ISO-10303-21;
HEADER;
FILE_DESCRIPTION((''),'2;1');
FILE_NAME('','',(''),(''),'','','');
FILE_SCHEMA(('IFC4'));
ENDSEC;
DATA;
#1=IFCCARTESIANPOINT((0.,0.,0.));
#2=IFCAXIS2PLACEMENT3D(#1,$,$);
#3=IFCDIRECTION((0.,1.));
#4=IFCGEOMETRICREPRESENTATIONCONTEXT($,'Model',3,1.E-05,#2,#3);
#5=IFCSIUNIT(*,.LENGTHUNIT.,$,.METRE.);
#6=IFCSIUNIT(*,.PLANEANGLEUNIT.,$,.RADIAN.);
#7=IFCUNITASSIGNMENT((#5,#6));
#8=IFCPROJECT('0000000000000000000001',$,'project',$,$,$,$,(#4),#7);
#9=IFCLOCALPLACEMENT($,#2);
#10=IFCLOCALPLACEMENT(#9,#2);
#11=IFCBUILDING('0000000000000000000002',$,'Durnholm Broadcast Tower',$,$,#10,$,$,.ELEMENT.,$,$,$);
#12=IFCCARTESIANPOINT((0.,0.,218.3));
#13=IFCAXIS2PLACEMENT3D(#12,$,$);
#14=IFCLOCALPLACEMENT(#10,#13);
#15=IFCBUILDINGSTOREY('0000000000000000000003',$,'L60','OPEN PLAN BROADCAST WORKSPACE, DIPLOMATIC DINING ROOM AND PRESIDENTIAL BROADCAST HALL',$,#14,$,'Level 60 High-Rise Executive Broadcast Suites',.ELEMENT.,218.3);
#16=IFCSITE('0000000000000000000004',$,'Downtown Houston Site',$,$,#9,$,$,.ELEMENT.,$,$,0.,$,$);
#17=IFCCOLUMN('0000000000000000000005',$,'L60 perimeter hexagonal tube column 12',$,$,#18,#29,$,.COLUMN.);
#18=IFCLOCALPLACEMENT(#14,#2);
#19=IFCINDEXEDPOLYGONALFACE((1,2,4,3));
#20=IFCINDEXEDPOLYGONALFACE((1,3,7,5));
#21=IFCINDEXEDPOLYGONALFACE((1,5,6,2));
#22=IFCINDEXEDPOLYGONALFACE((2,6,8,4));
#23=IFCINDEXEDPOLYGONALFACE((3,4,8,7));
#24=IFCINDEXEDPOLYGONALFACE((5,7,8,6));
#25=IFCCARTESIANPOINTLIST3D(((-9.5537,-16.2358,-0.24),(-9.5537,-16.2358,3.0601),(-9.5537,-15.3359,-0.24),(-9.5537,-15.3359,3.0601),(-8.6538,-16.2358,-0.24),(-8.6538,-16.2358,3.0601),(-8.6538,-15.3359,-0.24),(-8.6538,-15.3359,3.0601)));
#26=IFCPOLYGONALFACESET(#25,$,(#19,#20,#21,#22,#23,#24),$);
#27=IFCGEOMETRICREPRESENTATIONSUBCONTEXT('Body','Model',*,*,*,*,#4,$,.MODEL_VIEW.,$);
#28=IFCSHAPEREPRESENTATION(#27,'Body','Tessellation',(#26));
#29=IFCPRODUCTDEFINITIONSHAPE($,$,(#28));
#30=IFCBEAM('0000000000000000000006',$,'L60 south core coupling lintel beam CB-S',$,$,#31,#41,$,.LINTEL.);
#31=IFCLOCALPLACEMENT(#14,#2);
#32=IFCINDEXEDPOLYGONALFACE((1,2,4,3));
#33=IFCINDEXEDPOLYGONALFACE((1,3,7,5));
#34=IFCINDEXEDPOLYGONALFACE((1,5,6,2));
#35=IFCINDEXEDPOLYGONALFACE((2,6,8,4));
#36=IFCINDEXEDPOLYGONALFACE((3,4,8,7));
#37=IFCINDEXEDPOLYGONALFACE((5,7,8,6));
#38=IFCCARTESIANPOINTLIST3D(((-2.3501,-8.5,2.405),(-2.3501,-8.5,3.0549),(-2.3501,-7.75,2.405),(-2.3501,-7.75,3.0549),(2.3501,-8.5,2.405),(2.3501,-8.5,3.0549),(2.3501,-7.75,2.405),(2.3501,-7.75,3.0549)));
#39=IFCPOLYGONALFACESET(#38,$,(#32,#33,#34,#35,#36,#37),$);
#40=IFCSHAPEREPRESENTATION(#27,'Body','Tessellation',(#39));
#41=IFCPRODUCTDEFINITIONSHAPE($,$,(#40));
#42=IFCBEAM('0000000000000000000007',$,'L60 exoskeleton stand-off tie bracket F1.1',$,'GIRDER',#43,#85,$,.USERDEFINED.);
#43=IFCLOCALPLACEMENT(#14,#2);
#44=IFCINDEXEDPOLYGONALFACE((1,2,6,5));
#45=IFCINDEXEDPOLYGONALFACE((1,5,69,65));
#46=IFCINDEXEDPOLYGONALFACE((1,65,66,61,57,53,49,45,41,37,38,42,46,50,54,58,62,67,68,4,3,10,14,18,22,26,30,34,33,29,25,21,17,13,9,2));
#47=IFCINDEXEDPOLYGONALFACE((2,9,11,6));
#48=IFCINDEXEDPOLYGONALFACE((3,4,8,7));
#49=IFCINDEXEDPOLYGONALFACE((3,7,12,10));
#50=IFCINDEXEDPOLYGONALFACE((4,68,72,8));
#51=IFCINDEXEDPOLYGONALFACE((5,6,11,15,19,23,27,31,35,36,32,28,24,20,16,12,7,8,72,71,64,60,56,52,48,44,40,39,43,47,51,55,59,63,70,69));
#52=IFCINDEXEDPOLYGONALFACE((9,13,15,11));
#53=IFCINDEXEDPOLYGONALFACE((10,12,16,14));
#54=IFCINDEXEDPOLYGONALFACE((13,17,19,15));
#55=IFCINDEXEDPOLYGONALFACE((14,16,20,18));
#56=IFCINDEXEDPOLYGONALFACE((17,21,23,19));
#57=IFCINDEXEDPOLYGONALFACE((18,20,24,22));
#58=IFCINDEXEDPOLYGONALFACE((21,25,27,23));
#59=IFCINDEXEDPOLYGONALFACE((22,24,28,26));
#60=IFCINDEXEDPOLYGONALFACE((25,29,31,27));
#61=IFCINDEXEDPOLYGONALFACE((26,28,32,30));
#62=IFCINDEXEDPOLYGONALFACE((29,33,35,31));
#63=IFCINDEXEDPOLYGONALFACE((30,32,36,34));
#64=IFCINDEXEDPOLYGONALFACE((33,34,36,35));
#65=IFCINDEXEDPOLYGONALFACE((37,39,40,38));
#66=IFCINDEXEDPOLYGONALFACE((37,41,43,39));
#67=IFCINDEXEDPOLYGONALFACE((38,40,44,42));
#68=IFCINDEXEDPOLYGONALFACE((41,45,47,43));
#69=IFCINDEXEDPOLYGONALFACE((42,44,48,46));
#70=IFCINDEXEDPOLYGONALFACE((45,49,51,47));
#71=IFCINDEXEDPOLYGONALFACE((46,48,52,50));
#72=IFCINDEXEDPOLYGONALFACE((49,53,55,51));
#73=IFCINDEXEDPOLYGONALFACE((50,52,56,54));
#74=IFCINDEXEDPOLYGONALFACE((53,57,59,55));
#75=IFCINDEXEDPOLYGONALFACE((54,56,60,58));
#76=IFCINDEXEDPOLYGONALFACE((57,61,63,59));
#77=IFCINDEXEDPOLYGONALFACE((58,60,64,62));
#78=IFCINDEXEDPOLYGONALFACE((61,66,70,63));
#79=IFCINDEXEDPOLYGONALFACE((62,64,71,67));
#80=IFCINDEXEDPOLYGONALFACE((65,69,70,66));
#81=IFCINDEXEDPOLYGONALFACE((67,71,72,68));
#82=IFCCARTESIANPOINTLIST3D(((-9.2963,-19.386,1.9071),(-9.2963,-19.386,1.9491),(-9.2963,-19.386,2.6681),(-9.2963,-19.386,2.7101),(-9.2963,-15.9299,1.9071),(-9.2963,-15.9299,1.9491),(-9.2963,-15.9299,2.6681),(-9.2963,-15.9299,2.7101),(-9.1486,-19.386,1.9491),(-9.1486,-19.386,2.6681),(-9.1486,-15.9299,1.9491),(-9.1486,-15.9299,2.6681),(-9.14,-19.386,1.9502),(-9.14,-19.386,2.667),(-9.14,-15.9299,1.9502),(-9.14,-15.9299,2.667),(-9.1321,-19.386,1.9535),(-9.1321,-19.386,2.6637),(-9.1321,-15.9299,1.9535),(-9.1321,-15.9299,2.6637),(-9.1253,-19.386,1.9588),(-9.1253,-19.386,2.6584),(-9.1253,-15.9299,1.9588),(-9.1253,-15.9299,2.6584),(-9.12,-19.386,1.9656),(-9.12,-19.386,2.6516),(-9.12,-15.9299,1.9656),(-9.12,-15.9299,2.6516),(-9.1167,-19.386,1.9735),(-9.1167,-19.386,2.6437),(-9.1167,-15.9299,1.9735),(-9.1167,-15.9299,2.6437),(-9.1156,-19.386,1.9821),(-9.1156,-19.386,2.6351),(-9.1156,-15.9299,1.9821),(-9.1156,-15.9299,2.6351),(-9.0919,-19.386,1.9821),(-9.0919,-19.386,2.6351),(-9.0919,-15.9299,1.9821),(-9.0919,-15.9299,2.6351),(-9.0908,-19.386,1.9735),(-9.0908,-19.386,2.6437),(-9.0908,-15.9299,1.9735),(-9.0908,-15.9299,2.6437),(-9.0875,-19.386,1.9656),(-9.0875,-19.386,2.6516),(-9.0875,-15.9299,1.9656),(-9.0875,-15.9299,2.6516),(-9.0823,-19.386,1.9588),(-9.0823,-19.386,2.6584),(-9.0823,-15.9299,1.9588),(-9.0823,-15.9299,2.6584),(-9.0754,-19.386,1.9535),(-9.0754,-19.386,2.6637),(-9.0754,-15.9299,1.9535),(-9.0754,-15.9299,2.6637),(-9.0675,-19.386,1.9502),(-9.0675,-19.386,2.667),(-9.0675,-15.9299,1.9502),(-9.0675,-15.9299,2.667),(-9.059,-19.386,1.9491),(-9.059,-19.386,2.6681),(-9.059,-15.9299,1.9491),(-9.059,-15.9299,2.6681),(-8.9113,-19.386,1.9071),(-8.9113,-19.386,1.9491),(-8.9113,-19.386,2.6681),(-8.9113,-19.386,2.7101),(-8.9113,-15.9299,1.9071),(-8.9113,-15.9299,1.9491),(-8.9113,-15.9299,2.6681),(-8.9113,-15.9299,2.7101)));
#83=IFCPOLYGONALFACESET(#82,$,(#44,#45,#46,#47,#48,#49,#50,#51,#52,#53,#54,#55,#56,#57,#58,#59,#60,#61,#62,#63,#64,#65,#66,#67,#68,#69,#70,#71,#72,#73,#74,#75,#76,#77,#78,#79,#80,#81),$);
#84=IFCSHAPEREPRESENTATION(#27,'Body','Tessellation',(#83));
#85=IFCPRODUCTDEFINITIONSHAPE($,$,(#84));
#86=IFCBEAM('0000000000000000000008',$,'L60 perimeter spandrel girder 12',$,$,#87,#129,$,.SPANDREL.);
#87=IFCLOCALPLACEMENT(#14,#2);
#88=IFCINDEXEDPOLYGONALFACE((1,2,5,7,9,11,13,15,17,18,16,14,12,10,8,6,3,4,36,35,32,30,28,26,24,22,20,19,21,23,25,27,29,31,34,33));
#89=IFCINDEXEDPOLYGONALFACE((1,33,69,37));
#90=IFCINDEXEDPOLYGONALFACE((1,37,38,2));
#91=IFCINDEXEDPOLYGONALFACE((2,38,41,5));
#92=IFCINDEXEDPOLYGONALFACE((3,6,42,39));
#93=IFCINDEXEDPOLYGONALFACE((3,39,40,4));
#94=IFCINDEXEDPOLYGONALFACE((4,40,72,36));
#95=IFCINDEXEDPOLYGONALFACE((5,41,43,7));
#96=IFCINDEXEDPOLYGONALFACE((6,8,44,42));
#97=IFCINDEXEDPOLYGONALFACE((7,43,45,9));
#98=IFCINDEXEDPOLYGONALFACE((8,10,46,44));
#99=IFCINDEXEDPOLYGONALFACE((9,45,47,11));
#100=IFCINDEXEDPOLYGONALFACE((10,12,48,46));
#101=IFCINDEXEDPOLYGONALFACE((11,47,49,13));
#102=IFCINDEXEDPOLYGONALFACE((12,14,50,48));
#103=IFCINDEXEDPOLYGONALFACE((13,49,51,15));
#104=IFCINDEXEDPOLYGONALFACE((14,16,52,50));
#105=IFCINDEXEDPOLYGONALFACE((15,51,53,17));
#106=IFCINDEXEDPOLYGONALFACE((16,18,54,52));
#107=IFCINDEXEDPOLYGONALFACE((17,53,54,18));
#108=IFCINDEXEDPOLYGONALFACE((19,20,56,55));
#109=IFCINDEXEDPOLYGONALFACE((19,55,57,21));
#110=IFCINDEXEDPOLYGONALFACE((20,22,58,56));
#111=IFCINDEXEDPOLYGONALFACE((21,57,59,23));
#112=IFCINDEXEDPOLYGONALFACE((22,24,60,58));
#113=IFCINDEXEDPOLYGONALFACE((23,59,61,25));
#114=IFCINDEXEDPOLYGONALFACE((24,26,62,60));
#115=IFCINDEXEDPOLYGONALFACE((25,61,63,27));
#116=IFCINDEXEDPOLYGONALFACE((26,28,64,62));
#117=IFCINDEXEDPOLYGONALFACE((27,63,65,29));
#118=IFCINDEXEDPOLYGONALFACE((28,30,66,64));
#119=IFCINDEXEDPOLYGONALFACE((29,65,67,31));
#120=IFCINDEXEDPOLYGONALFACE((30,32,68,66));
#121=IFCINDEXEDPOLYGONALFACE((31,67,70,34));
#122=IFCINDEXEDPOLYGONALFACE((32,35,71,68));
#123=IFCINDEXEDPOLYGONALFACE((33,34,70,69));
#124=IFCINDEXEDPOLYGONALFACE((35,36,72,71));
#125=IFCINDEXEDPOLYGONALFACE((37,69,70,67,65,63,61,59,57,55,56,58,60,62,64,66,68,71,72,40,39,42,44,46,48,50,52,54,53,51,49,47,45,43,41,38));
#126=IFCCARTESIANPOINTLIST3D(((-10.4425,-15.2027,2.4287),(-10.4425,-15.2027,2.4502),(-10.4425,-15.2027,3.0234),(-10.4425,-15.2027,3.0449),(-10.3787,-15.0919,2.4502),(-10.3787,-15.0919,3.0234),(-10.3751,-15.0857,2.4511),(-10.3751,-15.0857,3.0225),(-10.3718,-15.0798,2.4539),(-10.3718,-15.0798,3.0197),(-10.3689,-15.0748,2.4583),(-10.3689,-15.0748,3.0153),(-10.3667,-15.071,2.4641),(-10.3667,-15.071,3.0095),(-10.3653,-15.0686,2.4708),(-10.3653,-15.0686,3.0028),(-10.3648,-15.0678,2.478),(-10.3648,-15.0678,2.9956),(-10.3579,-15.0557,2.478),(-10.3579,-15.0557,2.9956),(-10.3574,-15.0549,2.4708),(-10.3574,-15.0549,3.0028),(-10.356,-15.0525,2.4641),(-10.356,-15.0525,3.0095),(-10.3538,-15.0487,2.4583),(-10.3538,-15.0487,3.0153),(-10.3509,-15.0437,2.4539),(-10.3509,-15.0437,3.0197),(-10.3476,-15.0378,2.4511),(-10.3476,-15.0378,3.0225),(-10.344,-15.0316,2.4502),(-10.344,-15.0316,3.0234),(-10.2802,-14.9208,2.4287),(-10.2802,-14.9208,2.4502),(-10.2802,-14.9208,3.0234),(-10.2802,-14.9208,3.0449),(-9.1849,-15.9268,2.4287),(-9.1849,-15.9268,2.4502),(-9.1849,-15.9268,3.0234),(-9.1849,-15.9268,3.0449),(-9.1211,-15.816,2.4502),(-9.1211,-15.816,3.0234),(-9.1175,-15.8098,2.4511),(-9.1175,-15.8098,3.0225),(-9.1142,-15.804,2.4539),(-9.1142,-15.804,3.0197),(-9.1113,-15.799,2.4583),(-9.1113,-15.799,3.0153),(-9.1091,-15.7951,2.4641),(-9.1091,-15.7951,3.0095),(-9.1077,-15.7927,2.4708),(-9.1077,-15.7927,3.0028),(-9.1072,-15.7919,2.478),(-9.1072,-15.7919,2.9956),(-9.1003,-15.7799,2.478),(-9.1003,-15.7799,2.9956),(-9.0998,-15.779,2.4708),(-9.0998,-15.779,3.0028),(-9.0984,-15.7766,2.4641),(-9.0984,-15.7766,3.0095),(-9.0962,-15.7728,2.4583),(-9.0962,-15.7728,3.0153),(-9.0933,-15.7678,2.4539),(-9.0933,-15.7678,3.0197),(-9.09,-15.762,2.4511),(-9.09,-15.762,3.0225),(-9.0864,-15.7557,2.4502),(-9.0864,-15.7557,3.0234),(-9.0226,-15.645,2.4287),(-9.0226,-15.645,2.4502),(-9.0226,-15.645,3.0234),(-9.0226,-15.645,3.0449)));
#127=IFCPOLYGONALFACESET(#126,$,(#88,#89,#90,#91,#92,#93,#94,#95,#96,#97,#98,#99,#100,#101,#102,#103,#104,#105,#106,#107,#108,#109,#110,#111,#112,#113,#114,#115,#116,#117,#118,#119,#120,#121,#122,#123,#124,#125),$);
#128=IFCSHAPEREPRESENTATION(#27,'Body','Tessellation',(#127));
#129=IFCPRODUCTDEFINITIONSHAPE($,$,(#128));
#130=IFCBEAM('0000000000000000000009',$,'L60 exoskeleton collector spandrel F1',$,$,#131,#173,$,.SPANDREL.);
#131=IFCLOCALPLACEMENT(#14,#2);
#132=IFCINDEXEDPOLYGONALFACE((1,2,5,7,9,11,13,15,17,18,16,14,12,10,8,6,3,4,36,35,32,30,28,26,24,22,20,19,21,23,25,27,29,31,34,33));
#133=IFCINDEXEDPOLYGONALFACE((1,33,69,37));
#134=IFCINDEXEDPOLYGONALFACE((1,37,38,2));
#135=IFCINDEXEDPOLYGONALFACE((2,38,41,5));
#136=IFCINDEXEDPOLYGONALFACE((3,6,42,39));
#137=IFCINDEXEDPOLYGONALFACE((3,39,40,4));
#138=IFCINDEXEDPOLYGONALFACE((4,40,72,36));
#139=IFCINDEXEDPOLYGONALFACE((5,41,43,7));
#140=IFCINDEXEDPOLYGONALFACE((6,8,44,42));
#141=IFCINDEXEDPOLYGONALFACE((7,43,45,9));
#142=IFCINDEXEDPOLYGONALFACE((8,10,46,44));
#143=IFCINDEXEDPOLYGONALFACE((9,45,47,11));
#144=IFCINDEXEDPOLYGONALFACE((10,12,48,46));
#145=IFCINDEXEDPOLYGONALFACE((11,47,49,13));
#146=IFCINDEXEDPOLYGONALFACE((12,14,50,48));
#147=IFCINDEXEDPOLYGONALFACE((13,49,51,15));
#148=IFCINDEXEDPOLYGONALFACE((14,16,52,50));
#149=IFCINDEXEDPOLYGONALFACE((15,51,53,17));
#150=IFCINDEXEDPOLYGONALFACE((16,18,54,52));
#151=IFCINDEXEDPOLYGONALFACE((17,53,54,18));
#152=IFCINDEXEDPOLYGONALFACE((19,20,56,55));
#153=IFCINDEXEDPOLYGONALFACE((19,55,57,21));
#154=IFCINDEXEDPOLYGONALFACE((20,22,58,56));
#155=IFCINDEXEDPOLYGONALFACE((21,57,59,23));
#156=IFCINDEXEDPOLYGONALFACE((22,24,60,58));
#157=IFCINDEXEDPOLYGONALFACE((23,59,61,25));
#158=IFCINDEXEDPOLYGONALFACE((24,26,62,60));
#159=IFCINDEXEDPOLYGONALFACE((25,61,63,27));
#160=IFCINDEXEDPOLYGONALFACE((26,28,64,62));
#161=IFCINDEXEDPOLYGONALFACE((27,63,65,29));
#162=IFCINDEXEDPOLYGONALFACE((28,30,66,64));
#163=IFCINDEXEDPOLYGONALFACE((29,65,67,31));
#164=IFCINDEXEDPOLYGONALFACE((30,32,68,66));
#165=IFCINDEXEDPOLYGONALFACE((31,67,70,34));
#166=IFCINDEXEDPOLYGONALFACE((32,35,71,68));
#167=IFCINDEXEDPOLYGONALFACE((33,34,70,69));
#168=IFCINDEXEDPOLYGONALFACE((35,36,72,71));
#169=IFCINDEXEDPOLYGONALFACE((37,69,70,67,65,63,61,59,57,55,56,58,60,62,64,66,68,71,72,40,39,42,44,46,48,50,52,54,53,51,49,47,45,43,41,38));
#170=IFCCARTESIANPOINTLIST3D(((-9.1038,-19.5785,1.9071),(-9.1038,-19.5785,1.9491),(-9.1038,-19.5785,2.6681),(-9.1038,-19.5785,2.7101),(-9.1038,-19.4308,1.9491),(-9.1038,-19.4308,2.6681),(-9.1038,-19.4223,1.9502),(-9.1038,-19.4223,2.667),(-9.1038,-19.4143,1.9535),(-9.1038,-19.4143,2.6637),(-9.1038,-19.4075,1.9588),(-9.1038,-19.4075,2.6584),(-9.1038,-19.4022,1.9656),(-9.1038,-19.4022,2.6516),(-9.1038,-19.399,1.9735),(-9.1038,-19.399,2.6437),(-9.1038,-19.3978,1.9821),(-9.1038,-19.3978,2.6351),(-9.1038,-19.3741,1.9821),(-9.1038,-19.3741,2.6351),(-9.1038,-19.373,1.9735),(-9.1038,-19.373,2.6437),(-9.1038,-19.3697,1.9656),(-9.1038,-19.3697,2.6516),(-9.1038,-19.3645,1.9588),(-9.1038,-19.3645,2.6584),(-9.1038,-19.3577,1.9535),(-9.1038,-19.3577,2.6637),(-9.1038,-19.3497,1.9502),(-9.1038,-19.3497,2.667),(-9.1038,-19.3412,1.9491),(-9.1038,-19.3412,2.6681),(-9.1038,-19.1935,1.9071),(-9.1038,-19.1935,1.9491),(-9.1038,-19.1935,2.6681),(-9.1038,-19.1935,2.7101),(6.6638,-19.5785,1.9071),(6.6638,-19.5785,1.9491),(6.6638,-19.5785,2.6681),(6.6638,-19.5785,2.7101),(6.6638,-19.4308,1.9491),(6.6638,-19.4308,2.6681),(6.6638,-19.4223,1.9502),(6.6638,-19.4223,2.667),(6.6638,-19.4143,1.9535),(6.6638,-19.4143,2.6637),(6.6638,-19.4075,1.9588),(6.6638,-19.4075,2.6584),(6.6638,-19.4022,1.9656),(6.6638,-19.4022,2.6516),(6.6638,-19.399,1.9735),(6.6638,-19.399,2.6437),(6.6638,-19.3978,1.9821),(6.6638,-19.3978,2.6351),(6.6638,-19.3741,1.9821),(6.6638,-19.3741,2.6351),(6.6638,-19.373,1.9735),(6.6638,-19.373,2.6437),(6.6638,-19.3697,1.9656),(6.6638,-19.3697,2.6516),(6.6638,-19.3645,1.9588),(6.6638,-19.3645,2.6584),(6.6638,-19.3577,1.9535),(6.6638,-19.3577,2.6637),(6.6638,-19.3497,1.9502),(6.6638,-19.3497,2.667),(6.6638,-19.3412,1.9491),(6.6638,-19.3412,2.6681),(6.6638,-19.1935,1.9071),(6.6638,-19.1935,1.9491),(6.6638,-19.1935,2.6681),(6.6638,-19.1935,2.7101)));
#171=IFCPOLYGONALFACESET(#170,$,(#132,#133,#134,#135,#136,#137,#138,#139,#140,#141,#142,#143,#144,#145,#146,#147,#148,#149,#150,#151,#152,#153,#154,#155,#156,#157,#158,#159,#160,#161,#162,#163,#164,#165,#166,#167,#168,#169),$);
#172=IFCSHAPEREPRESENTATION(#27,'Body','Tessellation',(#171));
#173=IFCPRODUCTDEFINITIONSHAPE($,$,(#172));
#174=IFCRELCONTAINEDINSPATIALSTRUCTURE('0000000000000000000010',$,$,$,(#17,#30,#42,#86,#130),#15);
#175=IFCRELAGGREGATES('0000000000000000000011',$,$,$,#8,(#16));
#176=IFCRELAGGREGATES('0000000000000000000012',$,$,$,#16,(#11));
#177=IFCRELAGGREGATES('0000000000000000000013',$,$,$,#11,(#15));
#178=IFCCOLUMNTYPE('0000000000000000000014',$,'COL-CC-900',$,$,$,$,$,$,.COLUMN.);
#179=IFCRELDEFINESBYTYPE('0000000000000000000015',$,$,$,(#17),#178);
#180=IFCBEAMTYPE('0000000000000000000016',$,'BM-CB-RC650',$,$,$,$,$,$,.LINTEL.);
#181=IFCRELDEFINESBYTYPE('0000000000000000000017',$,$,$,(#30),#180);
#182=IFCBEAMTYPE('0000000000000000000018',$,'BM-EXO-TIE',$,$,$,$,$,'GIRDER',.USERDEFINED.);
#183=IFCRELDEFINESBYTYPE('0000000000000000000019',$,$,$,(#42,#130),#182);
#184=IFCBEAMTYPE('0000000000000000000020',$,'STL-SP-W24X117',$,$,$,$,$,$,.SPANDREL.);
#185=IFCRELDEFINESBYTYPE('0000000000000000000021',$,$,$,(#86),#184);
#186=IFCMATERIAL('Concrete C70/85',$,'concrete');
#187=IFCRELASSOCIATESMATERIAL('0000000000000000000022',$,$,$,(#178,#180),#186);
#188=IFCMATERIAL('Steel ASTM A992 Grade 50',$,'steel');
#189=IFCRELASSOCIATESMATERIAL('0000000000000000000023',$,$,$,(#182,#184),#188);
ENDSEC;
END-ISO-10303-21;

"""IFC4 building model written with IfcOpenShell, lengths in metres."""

from ifc_helpers import new_model, si_unit, direction, frame, origin, origin_2d, place, context, subcontext, project, spatial, rectangle, i_section, extrude, source, transform, mapped, material, material_profile, profile_set, type_object, type_shapes, element, save


model = new_model("IFC4")

# Units and contexts
model_context = context("Model", 3, precision=1e-05, world=origin(), true_north=direction((0.0, 1.0)))
body_context = subcontext(model_context, "Body", "Model", "MODEL_VIEW")
ifc_project = project(units=[si_unit("LENGTHUNIT", "METRE"), si_unit("PLANEANGLEUNIT", "RADIAN")], contexts=[model_context])

# Site, building, storey
site_placement = place(None, origin())
site = spatial("IfcSite", under=ifc_project, at=site_placement, Name="Downtown Houston Site", CompositionType="ELEMENT", RefElevation=0.0)
building_placement = place(site_placement, origin())
building = spatial("IfcBuilding", under=site, at=building_placement, Name="Durnholm Broadcast Tower", CompositionType="ELEMENT")
storey_placement = place(building_placement, frame((0.0, 0.0, 218.3)))
storey = spatial("IfcBuildingStorey", under=building, at=storey_placement, Name="L60", Description="OPEN PLAN BROADCAST WORKSPACE, DIPLOMATIC DINING ROOM AND PRESIDENTIAL BROADCAST HALL", LongName="Level 60 High-Rise Executive Broadcast Suites", CompositionType="ELEMENT", Elevation=218.3)

# Column
ifc_material_1 = material(Name="Concrete C70/85", Category="concrete")
ifc_material_profile_1 = material_profile(ifc_material_1, rectangle(XDim=0.8999, YDim=0.8999, at=origin_2d()), Name="RC900X900")
ifc_profile_set_1 = profile_set([ifc_material_profile_1], Name="Concrete C70/85")
column_type = type_object("IfcColumnType", Name="COL-CC-900", PredefinedType="COLUMN", material=ifc_profile_set_1)
shared_shape_1 = source(origin(), body_context, "Body", "SweptSolid", [
    extrude(rectangle(XDim=0.8999, YDim=0.8999, at=origin_2d()), origin(), (0.0, 0.0, 1.0), 3.3),
])
type_shapes(column_type, [shared_shape_1])
column_placement = place(storey_placement, frame((-9.1038, -15.7859, -0.24), z_axis=(0.0, 0.0, 1.0), x_axis=(1.0, 0.0, 0.0)))
element("IfcColumn", 1, at=column_placement, inside=storey, type_object=column_type, Name="L60 perimeter hexagonal tube column 12", PredefinedType="COLUMN", context=body_context, shape_type="MappedRepresentation", body=[
    mapped(shared_shape_1, transform((0.0, 0.0, 0.0), x_axis=(1.0, 0.0, 0.0), y_axis=(0.0, 1.0, 0.0), z_axis=(0.0, 0.0, 1.0), scale=1.0)),
])

# Beams
ifc_material_profile_2 = material_profile(ifc_material_1, rectangle(XDim=0.75, YDim=0.6499, at=origin_2d()), Name="RC750X650")
ifc_profile_set_2 = profile_set([ifc_material_profile_2], Name="Concrete C70/85")
beam_type_1 = type_object("IfcBeamType", Name="BM-CB-RC650", PredefinedType="LINTEL", material=ifc_profile_set_2)
shared_shape_2 = source(origin(), body_context, "Body", "SweptSolid", [
    extrude(rectangle(XDim=0.75, YDim=0.6499, at=origin_2d()), origin(), (0.0, 0.0, 1.0), 4.7002),
])
type_shapes(beam_type_1, [shared_shape_2])
beam_1_placement = place(storey_placement, frame((-2.3501, -8.125, 2.73), z_axis=(1.0, 0.0, 0.0), x_axis=(0.0, 1.0, 0.0)))
element("IfcBeam", 2, at=beam_1_placement, inside=storey, type_object=beam_type_1, Name="L60 south core coupling lintel beam CB-S", PredefinedType="LINTEL", context=body_context, shape_type="MappedRepresentation", body=[
    mapped(shared_shape_2, transform((0.0, 0.0, 0.0), x_axis=(1.0, 0.0, 0.0), y_axis=(0.0, 1.0, 0.0), z_axis=(0.0, 0.0, 1.0), scale=1.0)),
])
ifc_material_2 = material(Name="Steel ASTM A992 Grade 50", Category="steel")
ifc_material_profile_3 = material_profile(ifc_material_2, i_section(OverallWidth=0.385, OverallDepth=0.803, WebThickness=0.0237, FlangeThickness=0.042, FilletRadius=0.033, at=origin_2d()), Name="W30X261")
ifc_profile_set_3 = profile_set([ifc_material_profile_3], Name="Steel ASTM A992 Grade 50")
beam_type_2 = type_object("IfcBeamType", Name="BM-EXO-TIE", ElementType="GIRDER", PredefinedType="USERDEFINED", material=ifc_profile_set_3)
shared_shape_3 = source(origin(), body_context, "Body", "SweptSolid", [
    extrude(i_section(OverallWidth=0.385, OverallDepth=0.803, WebThickness=0.0237, FlangeThickness=0.042, FilletRadius=0.033, at=origin_2d()), origin(), (0.0, 0.0, 1.0), 3.4561),
])
beam_2_placement = place(storey_placement, frame((-9.1038, -15.9299, 2.3086), z_axis=(0.0, -1.0, 0.0), x_axis=(1.0, 0.0, 0.0)))
element("IfcBeam", 3, at=beam_2_placement, inside=storey, type_object=beam_type_2, Name="L60 exoskeleton stand-off tie bracket F1.1", ObjectType="GIRDER", PredefinedType="USERDEFINED", context=body_context, shape_type="MappedRepresentation", body=[
    mapped(shared_shape_3, transform((0.0, 0.0, 0.0), x_axis=(1.0, 0.0, 0.0), y_axis=(0.0, 1.0, 0.0), z_axis=(0.0, 0.0, 1.0), scale=1.0)),
])
ifc_material_profile_4 = material_profile(ifc_material_2, i_section(OverallWidth=0.3252, OverallDepth=0.6162, WebThickness=0.0139, FlangeThickness=0.0215, FilletRadius=0.0278, at=origin_2d()), Name="W24X117")
ifc_profile_set_4 = profile_set([ifc_material_profile_4], Name="Steel ASTM A992 Grade 50")
beam_type_3 = type_object("IfcBeamType", Name="STL-SP-W24X117", PredefinedType="SPANDREL", material=ifc_profile_set_4)
shared_shape_4 = source(origin(), body_context, "Body", "SweptSolid", [
    extrude(i_section(OverallWidth=0.3252, OverallDepth=0.6162, WebThickness=0.0139, FlangeThickness=0.0215, FilletRadius=0.0278, at=origin_2d()), origin(), (0.0, 0.0, 1.0), 1.4512),
])
type_shapes(beam_type_3, [shared_shape_4])
beam_3_placement = place(storey_placement, frame((-9.1038, -15.7859, 2.7368), z_axis=(-0.866603, 0.498999, 0.0), x_axis=(-0.498999, -0.866603, 0.0)))
element("IfcBeam", 4, at=beam_3_placement, inside=storey, type_object=beam_type_3, Name="L60 perimeter spandrel girder 12", PredefinedType="SPANDREL", context=body_context, shape_type="MappedRepresentation", body=[
    mapped(shared_shape_4, transform((0.0, 0.0, 0.0), x_axis=(1.0, 0.0, 0.0), y_axis=(0.0, 1.0, 0.0), z_axis=(0.0, 0.0, 1.0), scale=1.0)),
])
shared_shape_5 = source(origin(), body_context, "Body", "SweptSolid", [
    extrude(i_section(OverallWidth=0.385, OverallDepth=0.803, WebThickness=0.0237, FlangeThickness=0.042, FilletRadius=0.033, at=origin_2d()), origin(), (0.0, 0.0, 1.0), 15.7676),
])
type_shapes(beam_type_2, [shared_shape_3, shared_shape_5])
beam_4_placement = place(storey_placement, frame((-9.1038, -19.386, 2.3086), z_axis=(1.0, 0.0, 0.0), x_axis=(0.0, 1.0, 0.0)))
element("IfcBeam", 5, at=beam_4_placement, inside=storey, type_object=beam_type_2, Name="L60 exoskeleton collector spandrel F1", PredefinedType="SPANDREL", context=body_context, shape_type="MappedRepresentation", body=[
    mapped(shared_shape_5, transform((0.0, 0.0, 0.0), x_axis=(1.0, 0.0, 0.0), y_axis=(0.0, 1.0, 0.0), z_axis=(0.0, 0.0, 1.0), scale=1.0)),
])

save(model, "model.ifc")
